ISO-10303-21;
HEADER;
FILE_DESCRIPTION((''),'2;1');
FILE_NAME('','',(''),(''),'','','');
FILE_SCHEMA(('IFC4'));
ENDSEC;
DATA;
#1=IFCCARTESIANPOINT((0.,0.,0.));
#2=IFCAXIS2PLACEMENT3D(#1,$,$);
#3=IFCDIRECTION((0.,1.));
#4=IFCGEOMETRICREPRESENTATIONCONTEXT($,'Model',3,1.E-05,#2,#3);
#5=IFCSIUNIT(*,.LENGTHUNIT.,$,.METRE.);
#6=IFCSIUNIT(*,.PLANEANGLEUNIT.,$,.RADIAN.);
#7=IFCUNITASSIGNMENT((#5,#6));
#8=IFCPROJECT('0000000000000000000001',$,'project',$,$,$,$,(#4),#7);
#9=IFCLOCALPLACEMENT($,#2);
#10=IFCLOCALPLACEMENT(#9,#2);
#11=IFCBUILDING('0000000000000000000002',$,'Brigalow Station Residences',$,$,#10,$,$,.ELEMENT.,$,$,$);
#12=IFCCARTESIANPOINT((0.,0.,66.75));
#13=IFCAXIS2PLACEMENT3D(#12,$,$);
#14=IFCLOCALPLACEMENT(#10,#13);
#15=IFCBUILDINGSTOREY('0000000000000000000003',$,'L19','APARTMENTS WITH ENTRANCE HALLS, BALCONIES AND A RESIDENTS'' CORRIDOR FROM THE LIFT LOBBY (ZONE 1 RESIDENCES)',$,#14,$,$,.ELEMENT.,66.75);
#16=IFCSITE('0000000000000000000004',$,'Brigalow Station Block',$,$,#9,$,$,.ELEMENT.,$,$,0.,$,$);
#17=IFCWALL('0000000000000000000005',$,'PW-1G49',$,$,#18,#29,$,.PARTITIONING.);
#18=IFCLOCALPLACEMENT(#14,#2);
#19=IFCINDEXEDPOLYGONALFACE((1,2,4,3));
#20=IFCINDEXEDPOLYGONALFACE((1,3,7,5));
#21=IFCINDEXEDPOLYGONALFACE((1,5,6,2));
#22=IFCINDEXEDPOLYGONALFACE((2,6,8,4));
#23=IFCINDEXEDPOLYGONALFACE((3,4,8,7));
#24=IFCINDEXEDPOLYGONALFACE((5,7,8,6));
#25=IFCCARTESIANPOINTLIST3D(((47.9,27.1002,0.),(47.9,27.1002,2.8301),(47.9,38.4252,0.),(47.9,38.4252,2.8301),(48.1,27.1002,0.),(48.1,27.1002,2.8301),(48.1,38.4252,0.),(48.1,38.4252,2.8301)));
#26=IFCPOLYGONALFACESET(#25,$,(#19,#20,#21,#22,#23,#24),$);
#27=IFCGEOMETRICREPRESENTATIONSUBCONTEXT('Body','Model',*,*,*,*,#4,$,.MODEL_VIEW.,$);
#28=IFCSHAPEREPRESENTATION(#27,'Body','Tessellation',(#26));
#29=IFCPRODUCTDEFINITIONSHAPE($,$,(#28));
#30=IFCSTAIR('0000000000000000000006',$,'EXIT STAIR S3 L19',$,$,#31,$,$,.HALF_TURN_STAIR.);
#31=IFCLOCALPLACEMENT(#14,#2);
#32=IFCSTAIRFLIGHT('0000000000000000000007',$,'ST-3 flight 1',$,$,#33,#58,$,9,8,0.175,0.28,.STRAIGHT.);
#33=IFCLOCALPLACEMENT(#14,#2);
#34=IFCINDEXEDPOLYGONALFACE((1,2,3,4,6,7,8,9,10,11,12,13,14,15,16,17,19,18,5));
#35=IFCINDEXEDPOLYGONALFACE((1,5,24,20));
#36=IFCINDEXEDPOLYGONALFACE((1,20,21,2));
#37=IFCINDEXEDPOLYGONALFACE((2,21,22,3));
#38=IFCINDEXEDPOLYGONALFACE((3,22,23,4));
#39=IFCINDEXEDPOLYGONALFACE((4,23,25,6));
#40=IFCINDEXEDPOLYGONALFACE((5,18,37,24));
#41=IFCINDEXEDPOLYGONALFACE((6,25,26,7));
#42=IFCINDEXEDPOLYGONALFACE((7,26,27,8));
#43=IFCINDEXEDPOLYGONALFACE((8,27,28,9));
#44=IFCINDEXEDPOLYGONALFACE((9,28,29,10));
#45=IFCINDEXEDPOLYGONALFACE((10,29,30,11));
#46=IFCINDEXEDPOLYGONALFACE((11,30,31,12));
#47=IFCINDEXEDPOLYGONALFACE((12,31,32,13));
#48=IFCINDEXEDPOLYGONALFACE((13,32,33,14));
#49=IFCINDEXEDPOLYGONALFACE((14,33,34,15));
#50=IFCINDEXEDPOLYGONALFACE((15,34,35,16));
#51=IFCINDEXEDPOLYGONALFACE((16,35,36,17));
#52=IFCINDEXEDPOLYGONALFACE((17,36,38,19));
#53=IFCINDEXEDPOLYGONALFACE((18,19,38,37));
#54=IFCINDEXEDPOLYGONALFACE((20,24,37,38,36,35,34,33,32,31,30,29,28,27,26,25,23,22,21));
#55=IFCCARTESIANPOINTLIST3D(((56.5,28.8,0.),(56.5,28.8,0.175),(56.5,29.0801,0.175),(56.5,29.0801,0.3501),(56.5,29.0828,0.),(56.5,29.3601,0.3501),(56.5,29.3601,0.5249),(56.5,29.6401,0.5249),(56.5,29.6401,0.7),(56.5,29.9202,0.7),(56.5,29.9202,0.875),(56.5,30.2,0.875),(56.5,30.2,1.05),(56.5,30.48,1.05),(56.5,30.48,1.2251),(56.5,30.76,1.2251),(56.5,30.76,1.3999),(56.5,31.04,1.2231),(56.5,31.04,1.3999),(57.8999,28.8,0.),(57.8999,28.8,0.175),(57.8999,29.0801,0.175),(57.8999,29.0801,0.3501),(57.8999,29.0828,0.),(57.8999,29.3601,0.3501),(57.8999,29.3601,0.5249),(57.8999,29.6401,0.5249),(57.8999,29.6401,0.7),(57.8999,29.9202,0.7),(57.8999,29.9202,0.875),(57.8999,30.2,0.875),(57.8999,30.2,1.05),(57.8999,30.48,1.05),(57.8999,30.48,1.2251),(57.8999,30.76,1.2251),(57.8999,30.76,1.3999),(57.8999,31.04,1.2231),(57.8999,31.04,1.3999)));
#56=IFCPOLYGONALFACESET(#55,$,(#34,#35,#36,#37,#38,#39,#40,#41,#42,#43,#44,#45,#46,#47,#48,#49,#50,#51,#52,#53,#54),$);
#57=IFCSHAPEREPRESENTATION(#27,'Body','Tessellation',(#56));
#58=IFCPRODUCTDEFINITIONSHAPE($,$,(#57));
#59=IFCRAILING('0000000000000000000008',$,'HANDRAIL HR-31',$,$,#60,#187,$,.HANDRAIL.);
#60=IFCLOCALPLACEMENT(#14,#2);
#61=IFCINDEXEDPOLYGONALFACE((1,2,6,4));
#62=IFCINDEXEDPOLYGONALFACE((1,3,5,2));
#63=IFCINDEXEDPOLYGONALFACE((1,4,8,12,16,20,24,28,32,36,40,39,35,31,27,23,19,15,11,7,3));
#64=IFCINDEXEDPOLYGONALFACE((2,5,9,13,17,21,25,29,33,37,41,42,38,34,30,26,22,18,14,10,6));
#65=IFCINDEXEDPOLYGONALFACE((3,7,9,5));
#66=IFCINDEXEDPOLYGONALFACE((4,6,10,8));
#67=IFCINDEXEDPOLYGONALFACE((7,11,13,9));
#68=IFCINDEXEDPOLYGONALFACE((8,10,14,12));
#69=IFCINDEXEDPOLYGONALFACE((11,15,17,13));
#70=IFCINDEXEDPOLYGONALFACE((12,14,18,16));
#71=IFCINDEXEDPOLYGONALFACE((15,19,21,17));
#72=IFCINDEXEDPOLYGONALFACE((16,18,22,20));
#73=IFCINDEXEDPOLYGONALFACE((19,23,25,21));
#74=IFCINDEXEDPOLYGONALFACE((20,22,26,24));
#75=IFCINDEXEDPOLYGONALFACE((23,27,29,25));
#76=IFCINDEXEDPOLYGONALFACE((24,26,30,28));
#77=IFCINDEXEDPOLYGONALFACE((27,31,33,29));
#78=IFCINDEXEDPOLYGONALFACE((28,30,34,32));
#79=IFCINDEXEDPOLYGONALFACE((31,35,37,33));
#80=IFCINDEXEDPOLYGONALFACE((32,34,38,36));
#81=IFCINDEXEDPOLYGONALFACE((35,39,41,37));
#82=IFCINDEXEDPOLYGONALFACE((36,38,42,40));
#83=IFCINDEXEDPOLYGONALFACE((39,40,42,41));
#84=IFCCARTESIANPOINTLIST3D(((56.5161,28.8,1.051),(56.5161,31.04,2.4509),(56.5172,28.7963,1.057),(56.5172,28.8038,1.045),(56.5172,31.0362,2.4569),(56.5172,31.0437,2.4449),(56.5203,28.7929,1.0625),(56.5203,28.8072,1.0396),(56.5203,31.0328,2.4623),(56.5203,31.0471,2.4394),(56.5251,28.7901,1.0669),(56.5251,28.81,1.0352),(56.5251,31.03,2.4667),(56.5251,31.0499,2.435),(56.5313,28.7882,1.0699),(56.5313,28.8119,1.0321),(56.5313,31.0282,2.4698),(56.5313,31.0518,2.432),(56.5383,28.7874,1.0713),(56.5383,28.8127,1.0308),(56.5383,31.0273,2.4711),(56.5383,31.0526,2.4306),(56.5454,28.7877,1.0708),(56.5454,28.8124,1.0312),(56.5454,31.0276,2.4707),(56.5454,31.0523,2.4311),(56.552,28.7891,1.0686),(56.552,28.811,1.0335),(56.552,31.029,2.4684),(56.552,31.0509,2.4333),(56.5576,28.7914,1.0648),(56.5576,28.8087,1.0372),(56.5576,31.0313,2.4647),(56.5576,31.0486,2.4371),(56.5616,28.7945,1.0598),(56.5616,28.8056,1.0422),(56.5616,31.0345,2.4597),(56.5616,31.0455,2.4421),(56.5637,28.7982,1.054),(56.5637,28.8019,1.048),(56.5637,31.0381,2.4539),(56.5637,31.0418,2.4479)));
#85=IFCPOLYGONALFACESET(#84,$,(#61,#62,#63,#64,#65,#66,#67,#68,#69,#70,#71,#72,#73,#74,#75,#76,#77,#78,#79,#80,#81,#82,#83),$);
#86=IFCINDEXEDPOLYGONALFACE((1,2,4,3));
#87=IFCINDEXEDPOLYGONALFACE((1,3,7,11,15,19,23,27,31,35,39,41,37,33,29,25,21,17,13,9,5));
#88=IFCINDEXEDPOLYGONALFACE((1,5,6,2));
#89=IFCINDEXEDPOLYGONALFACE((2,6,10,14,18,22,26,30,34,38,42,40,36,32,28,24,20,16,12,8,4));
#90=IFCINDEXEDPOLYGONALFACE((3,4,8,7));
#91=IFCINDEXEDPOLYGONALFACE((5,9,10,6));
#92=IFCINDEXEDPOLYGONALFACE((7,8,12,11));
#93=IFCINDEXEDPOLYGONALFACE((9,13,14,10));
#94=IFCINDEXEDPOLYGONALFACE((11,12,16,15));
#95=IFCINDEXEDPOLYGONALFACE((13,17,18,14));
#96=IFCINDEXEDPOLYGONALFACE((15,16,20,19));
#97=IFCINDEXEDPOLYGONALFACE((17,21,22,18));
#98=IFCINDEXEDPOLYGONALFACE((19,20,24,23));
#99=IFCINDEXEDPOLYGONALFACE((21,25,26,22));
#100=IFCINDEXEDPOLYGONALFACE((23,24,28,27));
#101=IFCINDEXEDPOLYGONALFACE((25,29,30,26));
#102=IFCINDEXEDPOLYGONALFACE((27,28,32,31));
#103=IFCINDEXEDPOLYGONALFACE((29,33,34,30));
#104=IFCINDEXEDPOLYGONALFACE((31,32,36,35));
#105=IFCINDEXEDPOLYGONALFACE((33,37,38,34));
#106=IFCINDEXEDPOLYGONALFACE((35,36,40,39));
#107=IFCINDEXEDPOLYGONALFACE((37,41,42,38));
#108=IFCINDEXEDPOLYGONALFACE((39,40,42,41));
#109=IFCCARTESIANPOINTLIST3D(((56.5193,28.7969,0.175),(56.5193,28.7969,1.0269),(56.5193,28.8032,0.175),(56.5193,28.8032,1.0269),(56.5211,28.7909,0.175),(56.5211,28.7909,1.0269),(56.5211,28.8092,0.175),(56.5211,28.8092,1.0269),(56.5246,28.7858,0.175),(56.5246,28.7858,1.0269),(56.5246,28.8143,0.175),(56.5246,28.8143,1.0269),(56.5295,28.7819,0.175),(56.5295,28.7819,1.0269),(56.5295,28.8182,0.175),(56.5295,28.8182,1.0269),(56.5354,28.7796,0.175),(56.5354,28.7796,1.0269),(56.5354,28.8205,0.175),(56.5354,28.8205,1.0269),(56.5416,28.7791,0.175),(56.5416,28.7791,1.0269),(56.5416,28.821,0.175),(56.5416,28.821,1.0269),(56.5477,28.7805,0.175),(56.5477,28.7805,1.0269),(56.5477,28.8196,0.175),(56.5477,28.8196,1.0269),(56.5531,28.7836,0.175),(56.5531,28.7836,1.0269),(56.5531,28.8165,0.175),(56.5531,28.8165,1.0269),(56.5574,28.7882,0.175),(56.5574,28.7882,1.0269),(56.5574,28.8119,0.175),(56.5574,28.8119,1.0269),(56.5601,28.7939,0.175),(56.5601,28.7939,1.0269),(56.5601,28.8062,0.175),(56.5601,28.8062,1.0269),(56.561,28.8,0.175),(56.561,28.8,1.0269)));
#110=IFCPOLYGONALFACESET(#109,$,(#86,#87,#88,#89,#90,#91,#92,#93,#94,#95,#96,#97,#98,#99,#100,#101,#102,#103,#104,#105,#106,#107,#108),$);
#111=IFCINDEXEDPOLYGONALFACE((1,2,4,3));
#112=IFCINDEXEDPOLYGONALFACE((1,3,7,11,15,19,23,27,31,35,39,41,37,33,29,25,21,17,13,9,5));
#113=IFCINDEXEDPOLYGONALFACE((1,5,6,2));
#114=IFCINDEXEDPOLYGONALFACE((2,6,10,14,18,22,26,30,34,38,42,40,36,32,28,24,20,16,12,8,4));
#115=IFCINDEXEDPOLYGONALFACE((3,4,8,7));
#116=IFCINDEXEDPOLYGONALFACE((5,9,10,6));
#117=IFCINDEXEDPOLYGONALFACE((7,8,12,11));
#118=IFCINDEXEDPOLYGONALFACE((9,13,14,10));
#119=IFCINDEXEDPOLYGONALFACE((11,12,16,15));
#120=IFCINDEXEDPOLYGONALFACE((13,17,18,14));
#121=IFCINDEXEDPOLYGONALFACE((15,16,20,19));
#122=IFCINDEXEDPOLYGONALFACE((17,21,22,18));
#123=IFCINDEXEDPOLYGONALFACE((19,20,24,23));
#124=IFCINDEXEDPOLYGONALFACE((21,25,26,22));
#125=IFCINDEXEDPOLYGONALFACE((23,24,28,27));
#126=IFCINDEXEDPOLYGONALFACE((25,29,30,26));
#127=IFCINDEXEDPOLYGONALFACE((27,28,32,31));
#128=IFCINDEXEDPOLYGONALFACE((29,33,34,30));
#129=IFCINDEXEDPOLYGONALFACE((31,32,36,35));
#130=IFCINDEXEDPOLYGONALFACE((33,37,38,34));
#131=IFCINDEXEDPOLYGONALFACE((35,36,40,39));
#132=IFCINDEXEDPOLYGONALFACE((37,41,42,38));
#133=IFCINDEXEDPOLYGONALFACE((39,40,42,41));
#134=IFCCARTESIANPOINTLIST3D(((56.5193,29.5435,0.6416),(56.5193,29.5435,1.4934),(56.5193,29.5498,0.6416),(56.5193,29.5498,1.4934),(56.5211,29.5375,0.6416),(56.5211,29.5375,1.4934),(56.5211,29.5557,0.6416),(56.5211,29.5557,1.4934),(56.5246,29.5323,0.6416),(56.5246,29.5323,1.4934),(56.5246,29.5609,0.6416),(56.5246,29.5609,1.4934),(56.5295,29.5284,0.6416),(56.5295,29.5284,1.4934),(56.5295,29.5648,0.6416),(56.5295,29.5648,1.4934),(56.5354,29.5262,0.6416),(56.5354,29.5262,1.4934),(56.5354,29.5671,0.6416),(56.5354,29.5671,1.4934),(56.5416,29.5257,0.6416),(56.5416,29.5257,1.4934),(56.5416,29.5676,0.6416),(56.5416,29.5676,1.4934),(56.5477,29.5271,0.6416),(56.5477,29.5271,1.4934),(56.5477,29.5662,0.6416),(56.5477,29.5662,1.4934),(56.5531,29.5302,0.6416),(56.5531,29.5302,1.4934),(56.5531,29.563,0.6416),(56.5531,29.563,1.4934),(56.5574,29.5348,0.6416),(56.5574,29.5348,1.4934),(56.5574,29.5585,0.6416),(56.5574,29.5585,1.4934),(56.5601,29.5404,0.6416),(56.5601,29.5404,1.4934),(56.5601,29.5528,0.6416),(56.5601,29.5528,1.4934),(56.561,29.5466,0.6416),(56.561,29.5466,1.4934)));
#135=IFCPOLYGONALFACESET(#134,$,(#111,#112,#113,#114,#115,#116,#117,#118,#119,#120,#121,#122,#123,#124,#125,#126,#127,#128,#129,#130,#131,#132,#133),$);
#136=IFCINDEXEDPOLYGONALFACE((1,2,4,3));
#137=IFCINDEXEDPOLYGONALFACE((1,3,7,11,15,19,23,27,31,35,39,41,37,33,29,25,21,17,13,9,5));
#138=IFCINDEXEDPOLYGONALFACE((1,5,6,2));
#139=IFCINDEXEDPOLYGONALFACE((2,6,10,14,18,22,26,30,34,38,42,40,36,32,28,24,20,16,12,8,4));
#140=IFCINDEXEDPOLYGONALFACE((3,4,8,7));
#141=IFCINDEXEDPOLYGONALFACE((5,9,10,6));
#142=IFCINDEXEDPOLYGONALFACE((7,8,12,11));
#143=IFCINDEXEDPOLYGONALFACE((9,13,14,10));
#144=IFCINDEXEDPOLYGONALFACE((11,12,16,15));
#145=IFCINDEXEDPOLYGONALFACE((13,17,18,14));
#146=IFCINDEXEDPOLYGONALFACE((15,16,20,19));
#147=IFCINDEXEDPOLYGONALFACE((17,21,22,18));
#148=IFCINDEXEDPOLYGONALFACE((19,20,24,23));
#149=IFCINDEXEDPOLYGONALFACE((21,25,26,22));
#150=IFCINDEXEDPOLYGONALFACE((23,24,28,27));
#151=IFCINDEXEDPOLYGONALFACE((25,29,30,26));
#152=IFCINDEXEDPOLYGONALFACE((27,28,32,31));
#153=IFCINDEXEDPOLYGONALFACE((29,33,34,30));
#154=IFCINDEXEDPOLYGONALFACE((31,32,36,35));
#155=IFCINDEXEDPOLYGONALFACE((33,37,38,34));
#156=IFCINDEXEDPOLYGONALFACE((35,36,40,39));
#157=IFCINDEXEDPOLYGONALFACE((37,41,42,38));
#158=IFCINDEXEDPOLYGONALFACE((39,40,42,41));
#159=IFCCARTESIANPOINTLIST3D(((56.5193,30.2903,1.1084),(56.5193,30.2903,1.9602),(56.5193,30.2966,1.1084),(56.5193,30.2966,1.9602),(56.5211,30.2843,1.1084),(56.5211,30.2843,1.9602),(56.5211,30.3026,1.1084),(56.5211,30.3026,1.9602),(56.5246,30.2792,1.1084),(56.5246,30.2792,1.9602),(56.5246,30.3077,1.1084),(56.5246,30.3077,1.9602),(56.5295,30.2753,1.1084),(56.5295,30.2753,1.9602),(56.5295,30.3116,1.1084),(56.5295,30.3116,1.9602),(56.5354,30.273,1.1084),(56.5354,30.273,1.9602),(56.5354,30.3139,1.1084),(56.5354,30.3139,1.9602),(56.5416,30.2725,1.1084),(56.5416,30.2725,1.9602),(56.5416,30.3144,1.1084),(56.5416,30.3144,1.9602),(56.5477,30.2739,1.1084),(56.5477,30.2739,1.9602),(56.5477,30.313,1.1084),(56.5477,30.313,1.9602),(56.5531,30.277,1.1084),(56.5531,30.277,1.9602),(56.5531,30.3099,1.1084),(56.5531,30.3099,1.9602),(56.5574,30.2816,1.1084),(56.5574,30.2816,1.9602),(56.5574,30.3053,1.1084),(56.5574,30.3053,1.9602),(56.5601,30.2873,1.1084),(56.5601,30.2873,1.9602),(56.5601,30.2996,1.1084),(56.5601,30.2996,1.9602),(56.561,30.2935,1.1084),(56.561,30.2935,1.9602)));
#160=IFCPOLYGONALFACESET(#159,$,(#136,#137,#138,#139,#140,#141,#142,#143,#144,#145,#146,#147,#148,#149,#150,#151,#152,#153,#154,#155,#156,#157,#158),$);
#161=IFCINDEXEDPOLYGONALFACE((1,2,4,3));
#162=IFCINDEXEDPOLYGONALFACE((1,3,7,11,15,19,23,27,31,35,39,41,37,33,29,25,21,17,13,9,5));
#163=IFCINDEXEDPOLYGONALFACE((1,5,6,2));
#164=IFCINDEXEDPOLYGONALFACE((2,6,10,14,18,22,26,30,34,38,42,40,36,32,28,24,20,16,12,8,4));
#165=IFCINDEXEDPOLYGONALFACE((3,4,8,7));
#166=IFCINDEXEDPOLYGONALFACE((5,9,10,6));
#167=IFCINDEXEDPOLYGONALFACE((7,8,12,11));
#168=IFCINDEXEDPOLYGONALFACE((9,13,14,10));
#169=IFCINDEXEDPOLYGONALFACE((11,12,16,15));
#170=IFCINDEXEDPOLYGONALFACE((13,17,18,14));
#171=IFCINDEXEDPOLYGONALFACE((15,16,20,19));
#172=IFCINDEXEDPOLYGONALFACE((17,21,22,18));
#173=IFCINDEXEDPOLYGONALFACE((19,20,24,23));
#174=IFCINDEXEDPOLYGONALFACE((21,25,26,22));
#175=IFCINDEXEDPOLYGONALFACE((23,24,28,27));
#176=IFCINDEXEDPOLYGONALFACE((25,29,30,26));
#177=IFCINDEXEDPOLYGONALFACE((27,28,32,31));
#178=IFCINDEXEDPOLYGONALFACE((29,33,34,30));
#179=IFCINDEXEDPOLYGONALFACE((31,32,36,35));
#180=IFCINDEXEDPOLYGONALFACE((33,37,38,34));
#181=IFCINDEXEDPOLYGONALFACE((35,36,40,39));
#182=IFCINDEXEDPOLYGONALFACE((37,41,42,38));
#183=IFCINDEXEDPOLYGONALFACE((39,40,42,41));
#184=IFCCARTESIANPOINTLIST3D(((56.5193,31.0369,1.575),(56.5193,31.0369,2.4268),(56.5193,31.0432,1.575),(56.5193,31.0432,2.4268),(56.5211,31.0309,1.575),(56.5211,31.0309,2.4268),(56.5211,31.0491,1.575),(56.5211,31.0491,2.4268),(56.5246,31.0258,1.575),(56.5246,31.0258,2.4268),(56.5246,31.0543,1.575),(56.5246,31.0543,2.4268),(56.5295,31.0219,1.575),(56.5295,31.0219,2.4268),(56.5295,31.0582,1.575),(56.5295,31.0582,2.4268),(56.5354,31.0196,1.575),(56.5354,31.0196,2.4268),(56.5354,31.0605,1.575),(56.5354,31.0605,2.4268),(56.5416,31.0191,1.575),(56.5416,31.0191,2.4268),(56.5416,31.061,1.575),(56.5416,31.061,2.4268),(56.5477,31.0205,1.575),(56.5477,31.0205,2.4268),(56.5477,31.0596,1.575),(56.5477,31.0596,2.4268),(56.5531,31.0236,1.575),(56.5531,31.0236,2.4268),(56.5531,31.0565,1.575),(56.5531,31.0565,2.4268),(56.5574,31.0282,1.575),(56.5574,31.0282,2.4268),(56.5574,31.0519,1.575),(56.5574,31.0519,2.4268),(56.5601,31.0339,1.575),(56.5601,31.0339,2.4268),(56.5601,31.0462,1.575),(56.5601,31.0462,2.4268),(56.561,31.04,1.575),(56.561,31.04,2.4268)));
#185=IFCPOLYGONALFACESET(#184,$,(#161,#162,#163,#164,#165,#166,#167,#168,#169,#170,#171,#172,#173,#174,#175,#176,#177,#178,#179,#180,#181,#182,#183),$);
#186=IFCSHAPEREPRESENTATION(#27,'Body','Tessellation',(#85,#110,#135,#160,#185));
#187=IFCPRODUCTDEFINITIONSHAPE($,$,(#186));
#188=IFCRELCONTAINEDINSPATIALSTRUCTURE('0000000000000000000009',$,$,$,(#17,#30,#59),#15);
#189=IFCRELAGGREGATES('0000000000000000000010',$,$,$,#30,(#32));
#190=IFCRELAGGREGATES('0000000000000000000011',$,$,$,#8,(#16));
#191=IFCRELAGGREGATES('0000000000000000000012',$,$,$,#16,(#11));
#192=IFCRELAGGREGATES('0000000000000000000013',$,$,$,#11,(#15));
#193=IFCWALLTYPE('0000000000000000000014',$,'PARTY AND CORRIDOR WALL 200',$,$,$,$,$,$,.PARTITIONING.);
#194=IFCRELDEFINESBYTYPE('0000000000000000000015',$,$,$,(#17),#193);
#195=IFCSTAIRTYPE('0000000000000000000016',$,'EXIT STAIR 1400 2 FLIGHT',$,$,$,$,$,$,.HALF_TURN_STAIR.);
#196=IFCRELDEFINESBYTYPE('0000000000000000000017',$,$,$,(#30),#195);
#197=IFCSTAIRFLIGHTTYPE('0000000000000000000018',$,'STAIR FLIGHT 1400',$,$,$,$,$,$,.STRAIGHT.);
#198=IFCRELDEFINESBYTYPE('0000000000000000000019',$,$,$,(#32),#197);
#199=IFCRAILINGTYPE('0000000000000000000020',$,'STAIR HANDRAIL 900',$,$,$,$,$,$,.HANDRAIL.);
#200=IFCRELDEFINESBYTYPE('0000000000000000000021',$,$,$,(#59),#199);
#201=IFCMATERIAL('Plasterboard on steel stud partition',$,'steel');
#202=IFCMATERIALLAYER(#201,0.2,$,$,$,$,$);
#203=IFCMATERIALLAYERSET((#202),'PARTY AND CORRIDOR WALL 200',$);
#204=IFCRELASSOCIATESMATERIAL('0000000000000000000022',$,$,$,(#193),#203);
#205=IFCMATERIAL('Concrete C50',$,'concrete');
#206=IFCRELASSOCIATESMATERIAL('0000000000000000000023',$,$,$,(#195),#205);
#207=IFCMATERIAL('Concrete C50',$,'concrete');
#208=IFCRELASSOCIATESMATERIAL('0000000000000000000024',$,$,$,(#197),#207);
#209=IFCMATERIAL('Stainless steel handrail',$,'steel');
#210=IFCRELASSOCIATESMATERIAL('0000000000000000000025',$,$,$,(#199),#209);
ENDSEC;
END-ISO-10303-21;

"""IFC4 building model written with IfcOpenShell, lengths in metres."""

from ifc_helpers import new_model, si_unit, direction, frame, frame_2d, origin, origin_2d, place, context, subcontext, project, spatial, polyline, rectangle, circle, outline, extrude, material, layer, layer_set, type_object, element, aggregate, save


model = new_model("IFC4")

# Units and contexts
model_context = context("Model", 3, precision=1e-05, world=origin(), true_north=direction((0.0, 1.0)))
body_context = subcontext(model_context, "Body", "Model", "MODEL_VIEW")
ifc_project = project(units=[si_unit("LENGTHUNIT", "METRE"), si_unit("PLANEANGLEUNIT", "RADIAN")], contexts=[model_context])

# Site, building, storey
site_placement = place(None, origin())
site = spatial("IfcSite", under=ifc_project, at=site_placement, Name="Brigalow Station Block", CompositionType="ELEMENT", RefElevation=0.0)
building_placement = place(site_placement, origin())
building = spatial("IfcBuilding", under=site, at=building_placement, Name="Brigalow Station Residences", CompositionType="ELEMENT")
storey_placement = place(building_placement, frame((0.0, 0.0, 66.75)))
storey = spatial("IfcBuildingStorey", under=building, at=storey_placement, Name="L19", Description="APARTMENTS WITH ENTRANCE HALLS, BALCONIES AND A RESIDENTS' CORRIDOR FROM THE LIFT LOBBY (ZONE 1 RESIDENCES)", CompositionType="ELEMENT", Elevation=66.75)

# Wall
ifc_material_1 = material(Name="Plasterboard on steel stud partition", Category="steel")
ifc_layer_1 = layer(ifc_material_1, 0.2)
ifc_layer_set_1 = layer_set([ifc_layer_1], Name="PARTY AND CORRIDOR WALL 200")
wall_type_1 = type_object("IfcWallType", Name="PARTY AND CORRIDOR WALL 200", PredefinedType="PARTITIONING", material=ifc_layer_set_1)
wall_1_placement = place(storey_placement, frame((48.0, 27.1001, 0.0), z_axis=(0.0, 0.0, 1.0), x_axis=(0.0, 1.0, 0.0)))
element("IfcWall", 1, at=wall_1_placement, inside=storey, type_object=wall_type_1, Name="PW-1G49", PredefinedType="PARTITIONING", context=body_context, shape_type="SweptSolid", body=[
    extrude(rectangle(XDim=11.325, YDim=0.2, at=frame_2d((5.6626, 0.0))), origin(), (0.0, 0.0, 1.0), 2.8301),
])

# Stair, stair flight
ifc_material_2 = material(Name="Concrete C50", Category="concrete")
stair_type = type_object("IfcStairType", Name="EXIT STAIR 1400 2 FLIGHT", PredefinedType="HALF_TURN_STAIR", material=ifc_material_2)
stair_placement = place(storey_placement, origin())
stair = element("IfcStair", 2, at=stair_placement, inside=storey, type_object=stair_type, Name="EXIT STAIR S3 L19", PredefinedType="HALF_TURN_STAIR")
ifc_material_3 = material(Name="Concrete C50", Category="concrete")
stair_flight_type = type_object("IfcStairFlightType", Name="STAIR FLIGHT 1400", PredefinedType="STRAIGHT", material=ifc_material_3)
stair_flight_placement = place(storey_placement, frame((57.2, 28.8, 0.0), z_axis=(0.0, 0.0, 1.0), x_axis=(0.0, 1.0, 0.0)))
stair_flight = element("IfcStairFlight", 3, at=stair_flight_placement, type_object=stair_flight_type, Name="ST-3 flight 1", NumberOfRisers=9, NumberOfTreads=8, PredefinedType="STRAIGHT", RiserHeight=0.175, TreadLength=0.28, context=body_context, shape_type="SweptSolid", body=[
    extrude(outline(polyline([(0.0, 0.0), (0.0, 0.175), (0.28, 0.175), (0.28, 0.3501), (0.5601, 0.3501), (0.5601, 0.5249), (0.8401, 0.5249), (0.8401, 0.7), (1.1201, 0.7), (1.1201, 0.875), (1.3999, 0.875), (1.3999, 1.05), (1.6799, 1.05), (1.6799, 1.2251), (1.96, 1.2251), (1.96, 1.3999), (2.24, 1.3999), (2.24, 1.575), (2.24, 1.2231), (0.2827, 0.0), (0.0, 0.0)])), frame((0.0, 0.7, 0.0), z_axis=(0.0, -1.0, 0.0), x_axis=(1.0, 0.0, 0.0)), (0.0, 0.0, 1.0), 1.3999),
])
aggregate(stair, [stair_flight])

# Railing
ifc_material_4 = material(Name="Stainless steel handrail", Category="steel")
railing_type = type_object("IfcRailingType", Name="STAIR HANDRAIL 900", PredefinedType="HANDRAIL", material=ifc_material_4)
railing_placement = place(storey_placement, frame((56.54, 28.8, 0.175)))
element("IfcRailing", 4, at=railing_placement, inside=storey, type_object=railing_type, Name="HANDRAIL HR-31", PredefinedType="HANDRAIL", context=body_context, shape_type="SweptSolid", body=[
    extrude(circle(Radius=0.0239, at=origin_2d()), frame((0.0, 0.0, 0.876), z_axis=(0.0, 0.848014, 0.529974), x_axis=(-1.0, 0.0, 0.0)), (0.0, 0.0, 1.0), 2.6414),
    extrude(circle(Radius=0.021, at=origin_2d()), origin(), (0.0, 0.0, 1.0), 0.8518),
    extrude(circle(Radius=0.021, at=origin_2d()), frame((0.0, 0.7466, 0.4666)), (0.0, 0.0, 1.0), 0.8518),
    extrude(circle(Radius=0.021, at=origin_2d()), frame((0.0, 1.4934, 0.9333)), (0.0, 0.0, 1.0), 0.8518),
    extrude(circle(Radius=0.021, at=origin_2d()), frame((0.0, 2.24, 1.3999)), (0.0, 0.0, 1.0), 0.8518),
])

save(model, "model.ifc")
